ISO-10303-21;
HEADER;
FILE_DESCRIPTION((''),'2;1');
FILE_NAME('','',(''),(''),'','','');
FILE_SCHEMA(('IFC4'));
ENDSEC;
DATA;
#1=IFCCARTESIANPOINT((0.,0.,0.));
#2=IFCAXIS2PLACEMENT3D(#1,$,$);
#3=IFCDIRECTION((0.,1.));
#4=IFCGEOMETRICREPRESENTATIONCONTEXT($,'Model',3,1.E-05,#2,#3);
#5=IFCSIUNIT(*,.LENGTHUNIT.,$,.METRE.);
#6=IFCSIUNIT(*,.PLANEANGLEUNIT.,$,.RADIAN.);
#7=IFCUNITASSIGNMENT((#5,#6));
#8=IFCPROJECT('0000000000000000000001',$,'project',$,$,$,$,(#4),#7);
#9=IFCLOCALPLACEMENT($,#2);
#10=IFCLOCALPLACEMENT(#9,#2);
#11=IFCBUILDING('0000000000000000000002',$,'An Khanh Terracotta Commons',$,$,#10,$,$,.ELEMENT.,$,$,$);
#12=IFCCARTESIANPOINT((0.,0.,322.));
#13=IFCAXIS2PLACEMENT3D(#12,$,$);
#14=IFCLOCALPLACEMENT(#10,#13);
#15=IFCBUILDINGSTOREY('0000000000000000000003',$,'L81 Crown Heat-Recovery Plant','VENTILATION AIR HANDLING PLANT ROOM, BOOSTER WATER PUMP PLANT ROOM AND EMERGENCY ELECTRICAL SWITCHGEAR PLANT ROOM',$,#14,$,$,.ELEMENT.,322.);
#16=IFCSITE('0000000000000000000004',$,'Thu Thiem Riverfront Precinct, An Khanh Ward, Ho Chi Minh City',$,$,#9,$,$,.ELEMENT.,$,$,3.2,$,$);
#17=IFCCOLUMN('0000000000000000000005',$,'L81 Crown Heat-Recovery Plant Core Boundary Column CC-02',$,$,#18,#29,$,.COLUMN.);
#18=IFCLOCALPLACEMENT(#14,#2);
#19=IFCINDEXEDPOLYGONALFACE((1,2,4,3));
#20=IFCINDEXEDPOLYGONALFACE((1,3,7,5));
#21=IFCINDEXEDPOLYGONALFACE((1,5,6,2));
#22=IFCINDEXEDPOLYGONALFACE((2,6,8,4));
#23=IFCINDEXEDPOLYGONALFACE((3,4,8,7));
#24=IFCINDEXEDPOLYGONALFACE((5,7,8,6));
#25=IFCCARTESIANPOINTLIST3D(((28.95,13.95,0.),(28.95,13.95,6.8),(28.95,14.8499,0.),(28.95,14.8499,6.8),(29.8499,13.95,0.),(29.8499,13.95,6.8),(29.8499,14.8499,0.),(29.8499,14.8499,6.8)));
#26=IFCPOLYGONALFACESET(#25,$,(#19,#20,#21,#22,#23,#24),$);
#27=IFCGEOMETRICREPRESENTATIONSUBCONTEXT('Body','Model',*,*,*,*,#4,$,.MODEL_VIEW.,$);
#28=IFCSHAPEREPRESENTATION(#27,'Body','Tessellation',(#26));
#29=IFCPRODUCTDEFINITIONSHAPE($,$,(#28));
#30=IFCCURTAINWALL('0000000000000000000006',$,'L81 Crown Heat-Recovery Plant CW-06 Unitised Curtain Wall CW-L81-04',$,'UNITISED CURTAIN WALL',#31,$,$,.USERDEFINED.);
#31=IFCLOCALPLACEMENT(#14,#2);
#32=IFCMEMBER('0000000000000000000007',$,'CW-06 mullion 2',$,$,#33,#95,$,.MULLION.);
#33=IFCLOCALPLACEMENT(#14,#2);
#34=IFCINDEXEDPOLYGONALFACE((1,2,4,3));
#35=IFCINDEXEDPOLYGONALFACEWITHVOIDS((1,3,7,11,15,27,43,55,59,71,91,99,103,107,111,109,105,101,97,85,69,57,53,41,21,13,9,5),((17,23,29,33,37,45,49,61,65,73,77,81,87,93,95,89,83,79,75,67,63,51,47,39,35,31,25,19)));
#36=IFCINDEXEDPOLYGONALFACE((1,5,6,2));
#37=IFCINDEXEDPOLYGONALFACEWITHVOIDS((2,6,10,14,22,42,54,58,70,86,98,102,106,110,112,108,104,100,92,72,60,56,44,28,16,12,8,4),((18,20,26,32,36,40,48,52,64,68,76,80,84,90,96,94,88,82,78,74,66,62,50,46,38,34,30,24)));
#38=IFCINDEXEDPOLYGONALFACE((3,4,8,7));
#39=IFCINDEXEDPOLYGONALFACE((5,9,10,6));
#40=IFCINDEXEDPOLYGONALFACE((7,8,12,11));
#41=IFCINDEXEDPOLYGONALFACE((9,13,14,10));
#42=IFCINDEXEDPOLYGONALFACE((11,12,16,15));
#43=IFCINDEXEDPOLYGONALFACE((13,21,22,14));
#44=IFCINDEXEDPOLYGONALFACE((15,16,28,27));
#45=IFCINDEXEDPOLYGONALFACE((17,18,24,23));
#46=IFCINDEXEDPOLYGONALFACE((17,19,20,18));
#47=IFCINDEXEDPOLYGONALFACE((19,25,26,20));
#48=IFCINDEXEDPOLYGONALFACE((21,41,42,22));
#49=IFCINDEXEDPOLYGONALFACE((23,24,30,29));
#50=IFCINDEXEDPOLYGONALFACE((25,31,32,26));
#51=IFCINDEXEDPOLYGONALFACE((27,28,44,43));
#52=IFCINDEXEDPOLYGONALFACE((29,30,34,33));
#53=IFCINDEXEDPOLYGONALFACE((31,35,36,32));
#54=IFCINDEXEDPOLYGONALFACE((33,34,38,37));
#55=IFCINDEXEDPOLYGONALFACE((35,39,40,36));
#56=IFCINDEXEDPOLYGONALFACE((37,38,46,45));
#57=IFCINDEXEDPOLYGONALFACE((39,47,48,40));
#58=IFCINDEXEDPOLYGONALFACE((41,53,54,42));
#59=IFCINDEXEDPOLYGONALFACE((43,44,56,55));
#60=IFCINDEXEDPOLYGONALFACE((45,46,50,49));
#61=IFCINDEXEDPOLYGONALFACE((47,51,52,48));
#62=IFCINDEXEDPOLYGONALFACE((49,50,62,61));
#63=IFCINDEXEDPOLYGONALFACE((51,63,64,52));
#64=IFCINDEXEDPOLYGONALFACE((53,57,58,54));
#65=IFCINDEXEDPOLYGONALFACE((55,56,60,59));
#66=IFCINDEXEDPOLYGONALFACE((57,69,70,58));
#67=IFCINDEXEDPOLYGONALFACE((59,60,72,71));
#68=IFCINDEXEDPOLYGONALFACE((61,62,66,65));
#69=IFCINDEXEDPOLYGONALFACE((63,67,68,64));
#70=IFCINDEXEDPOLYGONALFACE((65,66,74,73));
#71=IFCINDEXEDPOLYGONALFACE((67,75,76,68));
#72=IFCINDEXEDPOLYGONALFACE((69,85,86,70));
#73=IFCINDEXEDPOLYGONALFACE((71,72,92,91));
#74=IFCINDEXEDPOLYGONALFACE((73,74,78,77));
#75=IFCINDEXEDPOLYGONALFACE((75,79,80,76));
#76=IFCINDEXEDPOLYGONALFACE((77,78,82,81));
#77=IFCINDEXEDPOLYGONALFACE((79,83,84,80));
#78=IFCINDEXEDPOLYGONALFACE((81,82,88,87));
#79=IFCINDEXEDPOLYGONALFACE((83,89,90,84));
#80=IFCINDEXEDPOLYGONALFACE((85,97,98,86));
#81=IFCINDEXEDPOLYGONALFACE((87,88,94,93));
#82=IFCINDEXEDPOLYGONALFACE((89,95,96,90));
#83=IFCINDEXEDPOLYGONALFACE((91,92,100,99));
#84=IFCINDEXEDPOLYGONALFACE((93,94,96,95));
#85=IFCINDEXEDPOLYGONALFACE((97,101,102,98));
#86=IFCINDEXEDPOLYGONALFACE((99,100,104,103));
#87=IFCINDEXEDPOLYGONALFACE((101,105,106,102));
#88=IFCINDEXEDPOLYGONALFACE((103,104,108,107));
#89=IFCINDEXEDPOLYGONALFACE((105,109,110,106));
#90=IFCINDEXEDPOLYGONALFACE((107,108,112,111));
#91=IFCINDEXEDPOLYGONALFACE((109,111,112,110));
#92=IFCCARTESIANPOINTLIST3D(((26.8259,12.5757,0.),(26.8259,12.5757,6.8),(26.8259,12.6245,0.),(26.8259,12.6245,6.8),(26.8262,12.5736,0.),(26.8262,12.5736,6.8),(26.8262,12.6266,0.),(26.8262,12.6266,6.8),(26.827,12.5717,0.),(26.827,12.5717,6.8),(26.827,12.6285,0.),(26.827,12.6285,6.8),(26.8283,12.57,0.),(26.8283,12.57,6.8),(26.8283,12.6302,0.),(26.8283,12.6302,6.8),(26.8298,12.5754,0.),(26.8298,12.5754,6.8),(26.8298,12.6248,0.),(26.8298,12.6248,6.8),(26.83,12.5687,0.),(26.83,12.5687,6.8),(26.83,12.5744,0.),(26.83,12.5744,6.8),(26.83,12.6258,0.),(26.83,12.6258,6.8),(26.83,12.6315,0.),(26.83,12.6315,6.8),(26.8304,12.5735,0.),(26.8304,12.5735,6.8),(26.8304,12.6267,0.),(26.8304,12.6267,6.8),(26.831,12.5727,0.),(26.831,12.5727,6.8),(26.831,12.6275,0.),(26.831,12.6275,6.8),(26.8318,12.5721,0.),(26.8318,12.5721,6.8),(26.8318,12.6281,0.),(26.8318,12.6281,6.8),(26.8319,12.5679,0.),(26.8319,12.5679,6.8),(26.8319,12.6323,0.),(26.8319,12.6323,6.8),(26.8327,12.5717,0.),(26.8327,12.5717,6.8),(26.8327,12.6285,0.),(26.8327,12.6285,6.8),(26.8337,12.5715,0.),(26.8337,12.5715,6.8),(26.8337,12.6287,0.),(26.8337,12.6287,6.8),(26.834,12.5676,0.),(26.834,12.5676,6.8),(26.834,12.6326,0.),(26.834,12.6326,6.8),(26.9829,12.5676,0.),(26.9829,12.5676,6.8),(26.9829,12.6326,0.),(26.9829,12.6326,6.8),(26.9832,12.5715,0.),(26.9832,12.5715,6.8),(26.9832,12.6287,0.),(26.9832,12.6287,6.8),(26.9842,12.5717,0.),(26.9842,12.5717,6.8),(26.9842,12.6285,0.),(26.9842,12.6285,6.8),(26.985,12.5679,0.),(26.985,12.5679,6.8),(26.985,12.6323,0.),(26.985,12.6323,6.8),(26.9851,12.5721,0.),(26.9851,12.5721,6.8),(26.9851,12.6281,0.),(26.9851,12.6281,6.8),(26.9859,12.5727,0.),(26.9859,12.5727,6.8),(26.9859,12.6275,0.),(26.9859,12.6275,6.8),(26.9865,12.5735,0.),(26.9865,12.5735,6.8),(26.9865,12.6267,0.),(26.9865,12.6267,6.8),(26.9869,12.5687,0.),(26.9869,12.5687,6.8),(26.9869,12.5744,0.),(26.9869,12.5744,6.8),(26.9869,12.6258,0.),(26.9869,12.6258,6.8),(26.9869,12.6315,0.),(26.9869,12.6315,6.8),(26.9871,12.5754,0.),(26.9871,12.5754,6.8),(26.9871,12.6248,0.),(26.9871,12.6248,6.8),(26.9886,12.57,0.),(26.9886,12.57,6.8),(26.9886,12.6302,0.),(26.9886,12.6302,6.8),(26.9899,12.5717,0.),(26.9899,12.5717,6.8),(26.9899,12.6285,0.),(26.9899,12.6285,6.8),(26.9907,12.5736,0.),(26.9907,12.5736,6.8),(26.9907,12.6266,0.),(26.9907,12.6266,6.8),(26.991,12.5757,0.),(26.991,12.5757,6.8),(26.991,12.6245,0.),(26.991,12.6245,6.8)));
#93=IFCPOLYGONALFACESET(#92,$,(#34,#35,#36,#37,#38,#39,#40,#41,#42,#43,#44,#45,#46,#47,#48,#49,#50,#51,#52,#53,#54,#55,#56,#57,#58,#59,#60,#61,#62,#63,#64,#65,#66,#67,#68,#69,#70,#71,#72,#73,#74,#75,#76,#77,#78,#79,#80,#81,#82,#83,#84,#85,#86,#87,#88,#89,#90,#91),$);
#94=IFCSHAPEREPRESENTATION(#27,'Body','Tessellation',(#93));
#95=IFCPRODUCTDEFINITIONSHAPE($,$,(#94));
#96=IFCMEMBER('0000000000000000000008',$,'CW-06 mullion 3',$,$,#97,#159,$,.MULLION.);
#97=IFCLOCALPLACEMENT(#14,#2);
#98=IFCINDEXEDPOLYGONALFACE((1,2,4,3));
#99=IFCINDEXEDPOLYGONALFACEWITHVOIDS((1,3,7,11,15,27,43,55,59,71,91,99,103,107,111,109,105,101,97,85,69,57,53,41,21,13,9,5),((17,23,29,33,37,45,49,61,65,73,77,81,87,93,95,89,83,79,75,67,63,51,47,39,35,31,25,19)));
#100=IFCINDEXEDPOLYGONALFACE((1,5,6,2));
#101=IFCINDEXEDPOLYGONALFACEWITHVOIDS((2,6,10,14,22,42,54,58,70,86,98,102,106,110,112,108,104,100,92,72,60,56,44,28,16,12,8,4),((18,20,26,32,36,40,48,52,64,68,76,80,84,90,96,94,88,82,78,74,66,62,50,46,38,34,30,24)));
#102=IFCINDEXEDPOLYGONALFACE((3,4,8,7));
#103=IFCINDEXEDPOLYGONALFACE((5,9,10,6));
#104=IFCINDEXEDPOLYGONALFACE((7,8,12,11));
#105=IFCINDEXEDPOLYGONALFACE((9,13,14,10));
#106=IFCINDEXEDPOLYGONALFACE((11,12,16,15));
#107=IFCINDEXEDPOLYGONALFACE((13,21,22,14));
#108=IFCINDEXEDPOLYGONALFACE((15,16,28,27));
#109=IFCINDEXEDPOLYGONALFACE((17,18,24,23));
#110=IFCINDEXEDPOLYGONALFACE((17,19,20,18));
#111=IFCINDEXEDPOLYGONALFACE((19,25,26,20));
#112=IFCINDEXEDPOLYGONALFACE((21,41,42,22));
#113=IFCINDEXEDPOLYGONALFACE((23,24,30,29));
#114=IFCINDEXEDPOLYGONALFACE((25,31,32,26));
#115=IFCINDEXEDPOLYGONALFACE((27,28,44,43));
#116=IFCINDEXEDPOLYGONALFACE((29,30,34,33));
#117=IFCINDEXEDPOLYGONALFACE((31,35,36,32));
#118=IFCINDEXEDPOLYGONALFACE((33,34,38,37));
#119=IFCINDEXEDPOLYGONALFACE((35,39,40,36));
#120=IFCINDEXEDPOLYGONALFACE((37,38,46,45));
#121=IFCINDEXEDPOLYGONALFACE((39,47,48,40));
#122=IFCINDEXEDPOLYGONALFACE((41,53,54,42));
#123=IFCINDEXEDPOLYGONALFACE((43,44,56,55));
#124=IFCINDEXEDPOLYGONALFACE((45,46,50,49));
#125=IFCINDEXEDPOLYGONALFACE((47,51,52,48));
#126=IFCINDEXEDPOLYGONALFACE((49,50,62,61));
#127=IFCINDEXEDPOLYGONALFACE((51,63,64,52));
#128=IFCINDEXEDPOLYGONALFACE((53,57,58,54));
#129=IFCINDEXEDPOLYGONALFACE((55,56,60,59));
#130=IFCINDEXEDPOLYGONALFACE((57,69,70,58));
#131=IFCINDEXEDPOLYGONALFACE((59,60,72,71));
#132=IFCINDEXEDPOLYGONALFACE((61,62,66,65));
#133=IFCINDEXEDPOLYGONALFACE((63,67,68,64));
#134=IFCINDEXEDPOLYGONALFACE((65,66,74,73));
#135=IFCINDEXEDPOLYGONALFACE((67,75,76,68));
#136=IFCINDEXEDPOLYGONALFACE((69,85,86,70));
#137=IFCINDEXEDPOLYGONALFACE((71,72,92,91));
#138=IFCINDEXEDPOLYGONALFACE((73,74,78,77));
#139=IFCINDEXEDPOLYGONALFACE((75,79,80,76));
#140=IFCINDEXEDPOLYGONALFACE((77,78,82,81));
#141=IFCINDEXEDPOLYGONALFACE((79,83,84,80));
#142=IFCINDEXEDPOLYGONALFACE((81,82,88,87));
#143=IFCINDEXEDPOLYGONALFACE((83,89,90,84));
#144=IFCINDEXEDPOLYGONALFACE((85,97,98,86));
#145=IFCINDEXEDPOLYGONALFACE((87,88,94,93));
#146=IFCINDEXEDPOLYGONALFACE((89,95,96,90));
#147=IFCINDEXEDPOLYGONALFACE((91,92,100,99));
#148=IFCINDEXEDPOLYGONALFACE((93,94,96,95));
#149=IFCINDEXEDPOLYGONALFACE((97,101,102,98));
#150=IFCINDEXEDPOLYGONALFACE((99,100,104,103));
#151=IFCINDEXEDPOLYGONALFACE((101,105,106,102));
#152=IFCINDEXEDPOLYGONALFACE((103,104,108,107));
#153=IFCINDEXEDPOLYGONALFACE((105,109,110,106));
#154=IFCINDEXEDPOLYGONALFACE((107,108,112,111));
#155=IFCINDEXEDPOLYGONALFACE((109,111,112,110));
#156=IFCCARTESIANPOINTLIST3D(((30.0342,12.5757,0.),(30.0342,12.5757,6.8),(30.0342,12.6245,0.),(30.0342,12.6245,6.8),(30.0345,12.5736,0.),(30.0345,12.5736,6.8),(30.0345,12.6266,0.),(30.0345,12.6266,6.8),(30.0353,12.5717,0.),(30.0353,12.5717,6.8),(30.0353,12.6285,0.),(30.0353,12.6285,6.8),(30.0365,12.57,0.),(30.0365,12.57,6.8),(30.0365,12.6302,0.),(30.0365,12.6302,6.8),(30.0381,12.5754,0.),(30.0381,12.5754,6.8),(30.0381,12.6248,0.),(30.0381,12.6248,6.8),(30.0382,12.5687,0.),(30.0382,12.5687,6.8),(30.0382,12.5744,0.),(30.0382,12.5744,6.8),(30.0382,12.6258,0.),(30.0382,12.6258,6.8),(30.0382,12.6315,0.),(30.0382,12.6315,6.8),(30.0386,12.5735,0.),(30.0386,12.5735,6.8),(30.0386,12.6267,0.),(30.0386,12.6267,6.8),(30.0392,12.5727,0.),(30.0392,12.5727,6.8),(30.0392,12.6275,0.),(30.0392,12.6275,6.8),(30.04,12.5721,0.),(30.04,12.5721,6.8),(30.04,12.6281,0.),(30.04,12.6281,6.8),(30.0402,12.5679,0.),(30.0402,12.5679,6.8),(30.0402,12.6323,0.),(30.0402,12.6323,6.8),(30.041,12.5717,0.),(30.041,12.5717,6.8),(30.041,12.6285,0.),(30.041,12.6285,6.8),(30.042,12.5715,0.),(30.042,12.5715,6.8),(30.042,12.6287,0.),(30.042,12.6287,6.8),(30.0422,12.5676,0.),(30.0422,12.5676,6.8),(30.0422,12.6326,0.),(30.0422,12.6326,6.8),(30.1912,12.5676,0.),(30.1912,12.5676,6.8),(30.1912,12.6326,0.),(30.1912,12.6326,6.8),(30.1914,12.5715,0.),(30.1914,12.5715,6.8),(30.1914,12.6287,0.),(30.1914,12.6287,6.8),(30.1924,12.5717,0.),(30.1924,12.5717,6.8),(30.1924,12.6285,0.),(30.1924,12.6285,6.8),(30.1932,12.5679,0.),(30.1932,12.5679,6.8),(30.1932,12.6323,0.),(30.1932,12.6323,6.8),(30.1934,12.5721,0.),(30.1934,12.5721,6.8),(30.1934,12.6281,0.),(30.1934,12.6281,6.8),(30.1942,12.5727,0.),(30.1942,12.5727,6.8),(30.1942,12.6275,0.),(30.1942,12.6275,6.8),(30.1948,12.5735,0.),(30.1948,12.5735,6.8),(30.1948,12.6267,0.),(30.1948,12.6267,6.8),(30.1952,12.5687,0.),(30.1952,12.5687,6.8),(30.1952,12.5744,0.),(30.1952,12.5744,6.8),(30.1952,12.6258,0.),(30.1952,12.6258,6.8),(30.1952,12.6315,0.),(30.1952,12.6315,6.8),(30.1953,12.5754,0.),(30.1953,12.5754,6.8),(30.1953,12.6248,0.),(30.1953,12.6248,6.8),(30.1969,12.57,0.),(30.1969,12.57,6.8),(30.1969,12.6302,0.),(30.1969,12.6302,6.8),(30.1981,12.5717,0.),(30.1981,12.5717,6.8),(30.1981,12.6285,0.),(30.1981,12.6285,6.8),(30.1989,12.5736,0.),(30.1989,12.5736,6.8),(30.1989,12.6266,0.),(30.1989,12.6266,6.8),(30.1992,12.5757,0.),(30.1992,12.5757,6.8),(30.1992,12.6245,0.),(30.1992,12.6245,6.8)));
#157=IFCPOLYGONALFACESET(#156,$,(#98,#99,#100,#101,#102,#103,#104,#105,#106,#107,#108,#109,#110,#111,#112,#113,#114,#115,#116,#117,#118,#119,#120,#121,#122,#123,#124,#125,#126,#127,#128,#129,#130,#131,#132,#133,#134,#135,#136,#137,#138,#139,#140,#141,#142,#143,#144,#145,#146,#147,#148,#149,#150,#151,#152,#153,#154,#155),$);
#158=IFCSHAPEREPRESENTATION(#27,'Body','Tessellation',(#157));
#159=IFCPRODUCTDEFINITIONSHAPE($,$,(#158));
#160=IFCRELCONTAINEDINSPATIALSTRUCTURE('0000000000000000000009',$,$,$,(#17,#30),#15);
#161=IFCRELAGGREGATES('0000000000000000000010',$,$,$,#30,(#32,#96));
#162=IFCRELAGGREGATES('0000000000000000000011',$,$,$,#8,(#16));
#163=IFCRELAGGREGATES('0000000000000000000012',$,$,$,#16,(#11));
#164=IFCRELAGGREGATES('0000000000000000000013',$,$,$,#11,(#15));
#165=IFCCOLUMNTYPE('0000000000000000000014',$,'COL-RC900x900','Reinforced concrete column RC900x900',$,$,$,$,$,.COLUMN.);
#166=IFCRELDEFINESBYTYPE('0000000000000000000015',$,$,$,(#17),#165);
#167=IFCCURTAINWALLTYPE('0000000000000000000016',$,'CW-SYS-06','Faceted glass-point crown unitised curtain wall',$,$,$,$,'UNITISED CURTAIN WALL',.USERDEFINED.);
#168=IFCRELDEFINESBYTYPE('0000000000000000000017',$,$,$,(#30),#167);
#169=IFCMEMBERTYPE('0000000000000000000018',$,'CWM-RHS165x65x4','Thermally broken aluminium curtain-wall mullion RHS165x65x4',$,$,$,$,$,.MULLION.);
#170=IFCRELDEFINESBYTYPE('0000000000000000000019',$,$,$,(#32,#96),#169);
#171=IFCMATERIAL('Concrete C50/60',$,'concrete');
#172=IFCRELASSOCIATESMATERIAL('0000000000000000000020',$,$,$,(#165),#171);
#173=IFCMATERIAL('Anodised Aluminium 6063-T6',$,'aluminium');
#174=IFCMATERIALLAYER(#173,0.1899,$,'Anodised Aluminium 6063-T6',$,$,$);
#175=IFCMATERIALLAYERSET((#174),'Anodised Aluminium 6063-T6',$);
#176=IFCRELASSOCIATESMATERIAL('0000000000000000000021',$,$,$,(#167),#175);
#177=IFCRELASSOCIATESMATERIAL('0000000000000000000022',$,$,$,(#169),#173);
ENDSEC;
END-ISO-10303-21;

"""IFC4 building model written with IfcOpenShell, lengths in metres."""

from ifc_helpers import new_model, si_unit, direction, frame, origin, origin_2d, place, context, subcontext, project, spatial, rectangle, hollow_rectangle, extrude, material, layer, layer_set, material_profile, profile_set, type_object, element, aggregate, save


model = new_model("IFC4")

# Units and contexts
model_context = context("Model", 3, precision=1e-05, world=origin(), true_north=direction((0.0, 1.0)))
body_context = subcontext(model_context, "Body", "Model", "MODEL_VIEW")
ifc_project = project(units=[si_unit("LENGTHUNIT", "METRE"), si_unit("PLANEANGLEUNIT", "RADIAN")], contexts=[model_context])

# Site, building, storey
site_placement = place(None, origin())
site = spatial("IfcSite", under=ifc_project, at=site_placement, Name="Thu Thiem Riverfront Precinct, An Khanh Ward, Ho Chi Minh City", CompositionType="ELEMENT", RefElevation=3.2)
building_placement = place(site_placement, origin())
building = spatial("IfcBuilding", under=site, at=building_placement, Name="An Khanh Terracotta Commons", CompositionType="ELEMENT")
storey_placement = place(building_placement, frame((0.0, 0.0, 322.0)))
storey = spatial("IfcBuildingStorey", under=building, at=storey_placement, Name="L81 Crown Heat-Recovery Plant", Description="VENTILATION AIR HANDLING PLANT ROOM, BOOSTER WATER PUMP PLANT ROOM AND EMERGENCY ELECTRICAL SWITCHGEAR PLANT ROOM", CompositionType="ELEMENT", Elevation=322.0)

# Column
ifc_material_1 = material(Name="Concrete C50/60", Category="concrete")
ifc_material_profile_1 = material_profile(ifc_material_1, rectangle(XDim=0.8999, YDim=0.8999, at=origin_2d()), Name="RC900x900")
ifc_profile_set_1 = profile_set([ifc_material_profile_1], Name="Concrete C50/60")
column_type = type_object("IfcColumnType", Name="COL-RC900x900", Description="Reinforced concrete column RC900x900", PredefinedType="COLUMN", material=ifc_profile_set_1)
column_placement = place(storey_placement, frame((29.3999, 14.3999, 0.0), z_axis=(0.0, 0.0, 1.0), x_axis=(1.0, 0.0, 0.0)))
element("IfcColumn", 1, at=column_placement, inside=storey, type_object=column_type, Name="L81 Crown Heat-Recovery Plant Core Boundary Column CC-02", PredefinedType="COLUMN", context=body_context, shape_type="SweptSolid", body=[
    extrude(rectangle(XDim=0.8999, YDim=0.8999, at=origin_2d()), origin(), (0.0, 0.0, 1.0), 6.8),
])

# Curtain wall, members
ifc_material_2 = material(Name="Anodised Aluminium 6063-T6", Category="aluminium")
ifc_layer_1 = layer(ifc_material_2, 0.1899, Name="Anodised Aluminium 6063-T6")
ifc_layer_set_1 = layer_set([ifc_layer_1], Name="Anodised Aluminium 6063-T6")
curtain_wall_type = type_object("IfcCurtainWallType", Name="CW-SYS-06", Description="Faceted glass-point crown unitised curtain wall", ElementType="UNITISED CURTAIN WALL", PredefinedType="USERDEFINED", material=ifc_layer_set_1)
curtain_wall_placement = place(storey_placement, origin())
curtain_wall = element("IfcCurtainWall", 2, at=curtain_wall_placement, inside=storey, type_object=curtain_wall_type, Name="L81 Crown Heat-Recovery Plant CW-06 Unitised Curtain Wall CW-L81-04", ObjectType="UNITISED CURTAIN WALL", PredefinedType="USERDEFINED")
ifc_material_profile_2 = material_profile(ifc_material_2, hollow_rectangle(XDim=0.0649, YDim=0.165, WallThickness=0.0039, InnerFilletRadius=0.0039, OuterFilletRadius=0.0081, at=origin_2d()), Name="RHS165x65x4")
ifc_profile_set_2 = profile_set([ifc_material_profile_2], Name="Anodised Aluminium 6063-T6")
member_type_1 = type_object("IfcMemberType", Name="CWM-RHS165x65x4", Description="Thermally broken aluminium curtain-wall mullion RHS165x65x4", PredefinedType="MULLION", material=ifc_profile_set_2)
member_1_placement = place(storey_placement, frame((26.9084, 12.6001, 0.0), z_axis=(0.0, 0.0, 1.0), x_axis=(0.0, 1.0, 0.0)))
member_1 = element("IfcMember", 3, at=member_1_placement, type_object=member_type_1, Name="CW-06 mullion 2", PredefinedType="MULLION", context=body_context, shape_type="SweptSolid", body=[
    extrude(hollow_rectangle(XDim=0.0649, YDim=0.165, WallThickness=0.0039, InnerFilletRadius=0.0039, OuterFilletRadius=0.0081, at=origin_2d()), origin(), (0.0, 0.0, 1.0), 6.8),
])
member_2_placement = place(storey_placement, frame((30.1167, 12.6001, 0.0), z_axis=(0.0, 0.0, 1.0), x_axis=(0.0, 1.0, 0.0)))
member_2 = element("IfcMember", 4, at=member_2_placement, type_object=member_type_1, Name="CW-06 mullion 3", PredefinedType="MULLION", context=body_context, shape_type="SweptSolid", body=[
    extrude(hollow_rectangle(XDim=0.0649, YDim=0.165, WallThickness=0.0039, InnerFilletRadius=0.0039, OuterFilletRadius=0.0081, at=origin_2d()), origin(), (0.0, 0.0, 1.0), 6.8),
])
aggregate(curtain_wall, [member_1, member_2])

save(model, "model.ifc")
